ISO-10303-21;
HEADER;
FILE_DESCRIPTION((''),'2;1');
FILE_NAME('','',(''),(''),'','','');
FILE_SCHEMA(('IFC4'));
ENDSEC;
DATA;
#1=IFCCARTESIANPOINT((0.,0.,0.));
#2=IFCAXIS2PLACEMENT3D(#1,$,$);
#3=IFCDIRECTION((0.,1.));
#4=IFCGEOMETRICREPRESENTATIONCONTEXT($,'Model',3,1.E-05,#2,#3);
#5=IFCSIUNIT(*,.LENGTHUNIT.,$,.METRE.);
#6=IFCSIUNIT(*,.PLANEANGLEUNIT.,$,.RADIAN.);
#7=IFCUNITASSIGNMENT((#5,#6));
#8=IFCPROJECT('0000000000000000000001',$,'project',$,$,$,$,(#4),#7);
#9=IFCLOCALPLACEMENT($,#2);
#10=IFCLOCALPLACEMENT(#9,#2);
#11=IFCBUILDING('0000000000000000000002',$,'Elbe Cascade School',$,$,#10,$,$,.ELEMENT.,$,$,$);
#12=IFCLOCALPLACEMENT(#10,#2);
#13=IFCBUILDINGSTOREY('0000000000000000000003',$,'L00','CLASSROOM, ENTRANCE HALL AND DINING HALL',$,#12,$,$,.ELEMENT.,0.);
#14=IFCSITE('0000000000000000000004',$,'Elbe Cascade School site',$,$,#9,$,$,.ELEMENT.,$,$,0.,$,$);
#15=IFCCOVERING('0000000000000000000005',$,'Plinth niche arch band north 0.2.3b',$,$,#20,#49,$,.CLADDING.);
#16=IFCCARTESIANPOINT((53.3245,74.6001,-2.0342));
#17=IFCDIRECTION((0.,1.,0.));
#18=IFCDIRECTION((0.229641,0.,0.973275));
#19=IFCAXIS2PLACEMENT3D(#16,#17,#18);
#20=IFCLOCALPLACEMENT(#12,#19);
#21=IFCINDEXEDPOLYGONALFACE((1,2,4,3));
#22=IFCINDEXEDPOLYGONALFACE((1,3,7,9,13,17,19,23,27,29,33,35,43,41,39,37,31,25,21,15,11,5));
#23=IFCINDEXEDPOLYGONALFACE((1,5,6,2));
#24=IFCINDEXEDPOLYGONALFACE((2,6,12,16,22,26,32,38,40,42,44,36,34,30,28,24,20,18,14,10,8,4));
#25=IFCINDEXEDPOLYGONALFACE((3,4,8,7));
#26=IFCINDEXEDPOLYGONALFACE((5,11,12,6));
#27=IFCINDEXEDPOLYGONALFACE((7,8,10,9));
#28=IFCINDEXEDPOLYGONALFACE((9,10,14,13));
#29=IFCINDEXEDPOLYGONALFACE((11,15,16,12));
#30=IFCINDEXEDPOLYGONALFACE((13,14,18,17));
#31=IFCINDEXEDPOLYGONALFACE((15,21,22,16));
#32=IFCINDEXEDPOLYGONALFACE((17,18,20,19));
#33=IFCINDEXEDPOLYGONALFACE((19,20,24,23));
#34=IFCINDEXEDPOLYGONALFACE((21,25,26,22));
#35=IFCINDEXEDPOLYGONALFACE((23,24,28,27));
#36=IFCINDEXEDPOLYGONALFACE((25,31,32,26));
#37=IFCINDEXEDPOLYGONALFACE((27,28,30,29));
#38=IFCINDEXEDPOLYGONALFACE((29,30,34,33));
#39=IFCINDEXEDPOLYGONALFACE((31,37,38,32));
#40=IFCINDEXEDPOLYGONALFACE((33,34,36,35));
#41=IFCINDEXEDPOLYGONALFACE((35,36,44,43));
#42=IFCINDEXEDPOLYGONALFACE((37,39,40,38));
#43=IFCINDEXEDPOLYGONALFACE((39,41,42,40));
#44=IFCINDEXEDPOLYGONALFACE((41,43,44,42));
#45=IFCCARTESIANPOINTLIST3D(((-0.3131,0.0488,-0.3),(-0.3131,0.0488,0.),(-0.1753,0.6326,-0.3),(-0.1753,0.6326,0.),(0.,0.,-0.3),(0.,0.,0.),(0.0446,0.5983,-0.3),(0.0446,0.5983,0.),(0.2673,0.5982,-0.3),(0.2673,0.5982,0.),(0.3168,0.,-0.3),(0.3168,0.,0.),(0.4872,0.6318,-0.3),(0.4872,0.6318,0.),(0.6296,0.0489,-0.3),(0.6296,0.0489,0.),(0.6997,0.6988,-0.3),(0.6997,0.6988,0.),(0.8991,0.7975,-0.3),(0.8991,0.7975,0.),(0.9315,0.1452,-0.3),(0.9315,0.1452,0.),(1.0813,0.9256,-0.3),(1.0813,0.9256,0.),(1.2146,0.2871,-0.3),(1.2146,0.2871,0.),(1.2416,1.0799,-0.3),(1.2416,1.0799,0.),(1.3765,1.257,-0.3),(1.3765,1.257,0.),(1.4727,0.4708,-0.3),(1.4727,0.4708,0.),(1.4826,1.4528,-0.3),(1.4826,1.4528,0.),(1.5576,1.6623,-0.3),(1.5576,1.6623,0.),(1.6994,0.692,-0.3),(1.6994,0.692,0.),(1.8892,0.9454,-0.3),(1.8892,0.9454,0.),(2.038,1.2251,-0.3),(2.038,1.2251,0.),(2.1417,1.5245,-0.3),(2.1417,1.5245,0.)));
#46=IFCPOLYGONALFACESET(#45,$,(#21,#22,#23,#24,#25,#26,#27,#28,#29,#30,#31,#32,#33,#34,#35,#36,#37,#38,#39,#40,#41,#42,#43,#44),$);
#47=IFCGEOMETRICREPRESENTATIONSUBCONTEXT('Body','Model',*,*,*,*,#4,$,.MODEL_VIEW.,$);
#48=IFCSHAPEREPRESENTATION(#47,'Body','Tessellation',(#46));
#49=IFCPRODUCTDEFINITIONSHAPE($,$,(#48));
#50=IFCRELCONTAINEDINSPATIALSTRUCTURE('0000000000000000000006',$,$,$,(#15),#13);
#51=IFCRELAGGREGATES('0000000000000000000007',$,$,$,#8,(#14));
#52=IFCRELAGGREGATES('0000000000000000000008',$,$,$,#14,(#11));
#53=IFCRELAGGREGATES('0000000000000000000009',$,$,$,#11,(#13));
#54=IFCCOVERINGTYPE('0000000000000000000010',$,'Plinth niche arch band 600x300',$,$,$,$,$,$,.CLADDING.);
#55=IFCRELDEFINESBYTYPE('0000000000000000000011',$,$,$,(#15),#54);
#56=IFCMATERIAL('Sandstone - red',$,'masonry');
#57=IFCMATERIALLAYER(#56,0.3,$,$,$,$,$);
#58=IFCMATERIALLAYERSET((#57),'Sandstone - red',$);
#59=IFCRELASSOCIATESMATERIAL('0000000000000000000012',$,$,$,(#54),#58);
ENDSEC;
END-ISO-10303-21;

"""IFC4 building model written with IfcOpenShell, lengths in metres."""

from ifc_helpers import new_model, si_unit, direction, frame, origin, place, context, subcontext, project, spatial, polyline, outline, extrude, material, layer, layer_set, type_object, element, save


model = new_model("IFC4")

# Units and contexts
model_context = context("Model", 3, precision=1e-05, world=origin(), true_north=direction((0.0, 1.0)))
body_context = subcontext(model_context, "Body", "Model", "MODEL_VIEW")
ifc_project = project(units=[si_unit("LENGTHUNIT", "METRE"), si_unit("PLANEANGLEUNIT", "RADIAN")], contexts=[model_context])

# Site, building, storey
site_placement = place(None, origin())
site = spatial("IfcSite", under=ifc_project, at=site_placement, Name="Elbe Cascade School site", CompositionType="ELEMENT", RefElevation=0.0)
building_placement = place(site_placement, origin())
building = spatial("IfcBuilding", under=site, at=building_placement, Name="Elbe Cascade School", CompositionType="ELEMENT")
storey_placement = place(building_placement, origin())
storey = spatial("IfcBuildingStorey", under=building, at=storey_placement, Name="L00", Description="CLASSROOM, ENTRANCE HALL AND DINING HALL", CompositionType="ELEMENT", Elevation=0.0)

# Covering
ifc_material_1 = material(Name="Sandstone - red", Category="masonry")
ifc_layer_1 = layer(ifc_material_1, 0.3)
ifc_layer_set_1 = layer_set([ifc_layer_1], Name="Sandstone - red")
covering_type_1 = type_object("IfcCoveringType", Name="Plinth niche arch band 600x300", PredefinedType="CLADDING", material=ifc_layer_set_1)
covering_1_placement = place(storey_placement, frame((53.3245, 74.6001, -2.0342), z_axis=(0.0, 1.0, 0.0), x_axis=(0.229641, 0.0, 0.973275)))
element("IfcCovering", 1, at=covering_1_placement, inside=storey, type_object=covering_type_1, Name="Plinth niche arch band north 0.2.3b", PredefinedType="CLADDING", context=body_context, shape_type="SweptSolid", body=[
    extrude(outline(polyline([(0.0, 0.0), (0.3168, 0.0), (0.6296, 0.0489), (0.9315, 0.1452), (1.2146, 0.2871), (1.4727, 0.4708), (1.6994, 0.692), (1.8892, 0.9454), (2.038, 1.2251), (2.1417, 1.5245), (1.5576, 1.6623), (1.4826, 1.4528), (1.3765, 1.257), (1.2416, 1.0799), (1.0813, 0.9256), (0.8991, 0.7975), (0.6997, 0.6988), (0.4872, 0.6318), (0.2673, 0.5982), (0.0446, 0.5983), (-0.1753, 0.6326), (-0.3131, 0.0488), (0.0, 0.0)])), origin(), (0.0, 0.0, -1.0), 0.3),
])

save(model, "model.ifc")
